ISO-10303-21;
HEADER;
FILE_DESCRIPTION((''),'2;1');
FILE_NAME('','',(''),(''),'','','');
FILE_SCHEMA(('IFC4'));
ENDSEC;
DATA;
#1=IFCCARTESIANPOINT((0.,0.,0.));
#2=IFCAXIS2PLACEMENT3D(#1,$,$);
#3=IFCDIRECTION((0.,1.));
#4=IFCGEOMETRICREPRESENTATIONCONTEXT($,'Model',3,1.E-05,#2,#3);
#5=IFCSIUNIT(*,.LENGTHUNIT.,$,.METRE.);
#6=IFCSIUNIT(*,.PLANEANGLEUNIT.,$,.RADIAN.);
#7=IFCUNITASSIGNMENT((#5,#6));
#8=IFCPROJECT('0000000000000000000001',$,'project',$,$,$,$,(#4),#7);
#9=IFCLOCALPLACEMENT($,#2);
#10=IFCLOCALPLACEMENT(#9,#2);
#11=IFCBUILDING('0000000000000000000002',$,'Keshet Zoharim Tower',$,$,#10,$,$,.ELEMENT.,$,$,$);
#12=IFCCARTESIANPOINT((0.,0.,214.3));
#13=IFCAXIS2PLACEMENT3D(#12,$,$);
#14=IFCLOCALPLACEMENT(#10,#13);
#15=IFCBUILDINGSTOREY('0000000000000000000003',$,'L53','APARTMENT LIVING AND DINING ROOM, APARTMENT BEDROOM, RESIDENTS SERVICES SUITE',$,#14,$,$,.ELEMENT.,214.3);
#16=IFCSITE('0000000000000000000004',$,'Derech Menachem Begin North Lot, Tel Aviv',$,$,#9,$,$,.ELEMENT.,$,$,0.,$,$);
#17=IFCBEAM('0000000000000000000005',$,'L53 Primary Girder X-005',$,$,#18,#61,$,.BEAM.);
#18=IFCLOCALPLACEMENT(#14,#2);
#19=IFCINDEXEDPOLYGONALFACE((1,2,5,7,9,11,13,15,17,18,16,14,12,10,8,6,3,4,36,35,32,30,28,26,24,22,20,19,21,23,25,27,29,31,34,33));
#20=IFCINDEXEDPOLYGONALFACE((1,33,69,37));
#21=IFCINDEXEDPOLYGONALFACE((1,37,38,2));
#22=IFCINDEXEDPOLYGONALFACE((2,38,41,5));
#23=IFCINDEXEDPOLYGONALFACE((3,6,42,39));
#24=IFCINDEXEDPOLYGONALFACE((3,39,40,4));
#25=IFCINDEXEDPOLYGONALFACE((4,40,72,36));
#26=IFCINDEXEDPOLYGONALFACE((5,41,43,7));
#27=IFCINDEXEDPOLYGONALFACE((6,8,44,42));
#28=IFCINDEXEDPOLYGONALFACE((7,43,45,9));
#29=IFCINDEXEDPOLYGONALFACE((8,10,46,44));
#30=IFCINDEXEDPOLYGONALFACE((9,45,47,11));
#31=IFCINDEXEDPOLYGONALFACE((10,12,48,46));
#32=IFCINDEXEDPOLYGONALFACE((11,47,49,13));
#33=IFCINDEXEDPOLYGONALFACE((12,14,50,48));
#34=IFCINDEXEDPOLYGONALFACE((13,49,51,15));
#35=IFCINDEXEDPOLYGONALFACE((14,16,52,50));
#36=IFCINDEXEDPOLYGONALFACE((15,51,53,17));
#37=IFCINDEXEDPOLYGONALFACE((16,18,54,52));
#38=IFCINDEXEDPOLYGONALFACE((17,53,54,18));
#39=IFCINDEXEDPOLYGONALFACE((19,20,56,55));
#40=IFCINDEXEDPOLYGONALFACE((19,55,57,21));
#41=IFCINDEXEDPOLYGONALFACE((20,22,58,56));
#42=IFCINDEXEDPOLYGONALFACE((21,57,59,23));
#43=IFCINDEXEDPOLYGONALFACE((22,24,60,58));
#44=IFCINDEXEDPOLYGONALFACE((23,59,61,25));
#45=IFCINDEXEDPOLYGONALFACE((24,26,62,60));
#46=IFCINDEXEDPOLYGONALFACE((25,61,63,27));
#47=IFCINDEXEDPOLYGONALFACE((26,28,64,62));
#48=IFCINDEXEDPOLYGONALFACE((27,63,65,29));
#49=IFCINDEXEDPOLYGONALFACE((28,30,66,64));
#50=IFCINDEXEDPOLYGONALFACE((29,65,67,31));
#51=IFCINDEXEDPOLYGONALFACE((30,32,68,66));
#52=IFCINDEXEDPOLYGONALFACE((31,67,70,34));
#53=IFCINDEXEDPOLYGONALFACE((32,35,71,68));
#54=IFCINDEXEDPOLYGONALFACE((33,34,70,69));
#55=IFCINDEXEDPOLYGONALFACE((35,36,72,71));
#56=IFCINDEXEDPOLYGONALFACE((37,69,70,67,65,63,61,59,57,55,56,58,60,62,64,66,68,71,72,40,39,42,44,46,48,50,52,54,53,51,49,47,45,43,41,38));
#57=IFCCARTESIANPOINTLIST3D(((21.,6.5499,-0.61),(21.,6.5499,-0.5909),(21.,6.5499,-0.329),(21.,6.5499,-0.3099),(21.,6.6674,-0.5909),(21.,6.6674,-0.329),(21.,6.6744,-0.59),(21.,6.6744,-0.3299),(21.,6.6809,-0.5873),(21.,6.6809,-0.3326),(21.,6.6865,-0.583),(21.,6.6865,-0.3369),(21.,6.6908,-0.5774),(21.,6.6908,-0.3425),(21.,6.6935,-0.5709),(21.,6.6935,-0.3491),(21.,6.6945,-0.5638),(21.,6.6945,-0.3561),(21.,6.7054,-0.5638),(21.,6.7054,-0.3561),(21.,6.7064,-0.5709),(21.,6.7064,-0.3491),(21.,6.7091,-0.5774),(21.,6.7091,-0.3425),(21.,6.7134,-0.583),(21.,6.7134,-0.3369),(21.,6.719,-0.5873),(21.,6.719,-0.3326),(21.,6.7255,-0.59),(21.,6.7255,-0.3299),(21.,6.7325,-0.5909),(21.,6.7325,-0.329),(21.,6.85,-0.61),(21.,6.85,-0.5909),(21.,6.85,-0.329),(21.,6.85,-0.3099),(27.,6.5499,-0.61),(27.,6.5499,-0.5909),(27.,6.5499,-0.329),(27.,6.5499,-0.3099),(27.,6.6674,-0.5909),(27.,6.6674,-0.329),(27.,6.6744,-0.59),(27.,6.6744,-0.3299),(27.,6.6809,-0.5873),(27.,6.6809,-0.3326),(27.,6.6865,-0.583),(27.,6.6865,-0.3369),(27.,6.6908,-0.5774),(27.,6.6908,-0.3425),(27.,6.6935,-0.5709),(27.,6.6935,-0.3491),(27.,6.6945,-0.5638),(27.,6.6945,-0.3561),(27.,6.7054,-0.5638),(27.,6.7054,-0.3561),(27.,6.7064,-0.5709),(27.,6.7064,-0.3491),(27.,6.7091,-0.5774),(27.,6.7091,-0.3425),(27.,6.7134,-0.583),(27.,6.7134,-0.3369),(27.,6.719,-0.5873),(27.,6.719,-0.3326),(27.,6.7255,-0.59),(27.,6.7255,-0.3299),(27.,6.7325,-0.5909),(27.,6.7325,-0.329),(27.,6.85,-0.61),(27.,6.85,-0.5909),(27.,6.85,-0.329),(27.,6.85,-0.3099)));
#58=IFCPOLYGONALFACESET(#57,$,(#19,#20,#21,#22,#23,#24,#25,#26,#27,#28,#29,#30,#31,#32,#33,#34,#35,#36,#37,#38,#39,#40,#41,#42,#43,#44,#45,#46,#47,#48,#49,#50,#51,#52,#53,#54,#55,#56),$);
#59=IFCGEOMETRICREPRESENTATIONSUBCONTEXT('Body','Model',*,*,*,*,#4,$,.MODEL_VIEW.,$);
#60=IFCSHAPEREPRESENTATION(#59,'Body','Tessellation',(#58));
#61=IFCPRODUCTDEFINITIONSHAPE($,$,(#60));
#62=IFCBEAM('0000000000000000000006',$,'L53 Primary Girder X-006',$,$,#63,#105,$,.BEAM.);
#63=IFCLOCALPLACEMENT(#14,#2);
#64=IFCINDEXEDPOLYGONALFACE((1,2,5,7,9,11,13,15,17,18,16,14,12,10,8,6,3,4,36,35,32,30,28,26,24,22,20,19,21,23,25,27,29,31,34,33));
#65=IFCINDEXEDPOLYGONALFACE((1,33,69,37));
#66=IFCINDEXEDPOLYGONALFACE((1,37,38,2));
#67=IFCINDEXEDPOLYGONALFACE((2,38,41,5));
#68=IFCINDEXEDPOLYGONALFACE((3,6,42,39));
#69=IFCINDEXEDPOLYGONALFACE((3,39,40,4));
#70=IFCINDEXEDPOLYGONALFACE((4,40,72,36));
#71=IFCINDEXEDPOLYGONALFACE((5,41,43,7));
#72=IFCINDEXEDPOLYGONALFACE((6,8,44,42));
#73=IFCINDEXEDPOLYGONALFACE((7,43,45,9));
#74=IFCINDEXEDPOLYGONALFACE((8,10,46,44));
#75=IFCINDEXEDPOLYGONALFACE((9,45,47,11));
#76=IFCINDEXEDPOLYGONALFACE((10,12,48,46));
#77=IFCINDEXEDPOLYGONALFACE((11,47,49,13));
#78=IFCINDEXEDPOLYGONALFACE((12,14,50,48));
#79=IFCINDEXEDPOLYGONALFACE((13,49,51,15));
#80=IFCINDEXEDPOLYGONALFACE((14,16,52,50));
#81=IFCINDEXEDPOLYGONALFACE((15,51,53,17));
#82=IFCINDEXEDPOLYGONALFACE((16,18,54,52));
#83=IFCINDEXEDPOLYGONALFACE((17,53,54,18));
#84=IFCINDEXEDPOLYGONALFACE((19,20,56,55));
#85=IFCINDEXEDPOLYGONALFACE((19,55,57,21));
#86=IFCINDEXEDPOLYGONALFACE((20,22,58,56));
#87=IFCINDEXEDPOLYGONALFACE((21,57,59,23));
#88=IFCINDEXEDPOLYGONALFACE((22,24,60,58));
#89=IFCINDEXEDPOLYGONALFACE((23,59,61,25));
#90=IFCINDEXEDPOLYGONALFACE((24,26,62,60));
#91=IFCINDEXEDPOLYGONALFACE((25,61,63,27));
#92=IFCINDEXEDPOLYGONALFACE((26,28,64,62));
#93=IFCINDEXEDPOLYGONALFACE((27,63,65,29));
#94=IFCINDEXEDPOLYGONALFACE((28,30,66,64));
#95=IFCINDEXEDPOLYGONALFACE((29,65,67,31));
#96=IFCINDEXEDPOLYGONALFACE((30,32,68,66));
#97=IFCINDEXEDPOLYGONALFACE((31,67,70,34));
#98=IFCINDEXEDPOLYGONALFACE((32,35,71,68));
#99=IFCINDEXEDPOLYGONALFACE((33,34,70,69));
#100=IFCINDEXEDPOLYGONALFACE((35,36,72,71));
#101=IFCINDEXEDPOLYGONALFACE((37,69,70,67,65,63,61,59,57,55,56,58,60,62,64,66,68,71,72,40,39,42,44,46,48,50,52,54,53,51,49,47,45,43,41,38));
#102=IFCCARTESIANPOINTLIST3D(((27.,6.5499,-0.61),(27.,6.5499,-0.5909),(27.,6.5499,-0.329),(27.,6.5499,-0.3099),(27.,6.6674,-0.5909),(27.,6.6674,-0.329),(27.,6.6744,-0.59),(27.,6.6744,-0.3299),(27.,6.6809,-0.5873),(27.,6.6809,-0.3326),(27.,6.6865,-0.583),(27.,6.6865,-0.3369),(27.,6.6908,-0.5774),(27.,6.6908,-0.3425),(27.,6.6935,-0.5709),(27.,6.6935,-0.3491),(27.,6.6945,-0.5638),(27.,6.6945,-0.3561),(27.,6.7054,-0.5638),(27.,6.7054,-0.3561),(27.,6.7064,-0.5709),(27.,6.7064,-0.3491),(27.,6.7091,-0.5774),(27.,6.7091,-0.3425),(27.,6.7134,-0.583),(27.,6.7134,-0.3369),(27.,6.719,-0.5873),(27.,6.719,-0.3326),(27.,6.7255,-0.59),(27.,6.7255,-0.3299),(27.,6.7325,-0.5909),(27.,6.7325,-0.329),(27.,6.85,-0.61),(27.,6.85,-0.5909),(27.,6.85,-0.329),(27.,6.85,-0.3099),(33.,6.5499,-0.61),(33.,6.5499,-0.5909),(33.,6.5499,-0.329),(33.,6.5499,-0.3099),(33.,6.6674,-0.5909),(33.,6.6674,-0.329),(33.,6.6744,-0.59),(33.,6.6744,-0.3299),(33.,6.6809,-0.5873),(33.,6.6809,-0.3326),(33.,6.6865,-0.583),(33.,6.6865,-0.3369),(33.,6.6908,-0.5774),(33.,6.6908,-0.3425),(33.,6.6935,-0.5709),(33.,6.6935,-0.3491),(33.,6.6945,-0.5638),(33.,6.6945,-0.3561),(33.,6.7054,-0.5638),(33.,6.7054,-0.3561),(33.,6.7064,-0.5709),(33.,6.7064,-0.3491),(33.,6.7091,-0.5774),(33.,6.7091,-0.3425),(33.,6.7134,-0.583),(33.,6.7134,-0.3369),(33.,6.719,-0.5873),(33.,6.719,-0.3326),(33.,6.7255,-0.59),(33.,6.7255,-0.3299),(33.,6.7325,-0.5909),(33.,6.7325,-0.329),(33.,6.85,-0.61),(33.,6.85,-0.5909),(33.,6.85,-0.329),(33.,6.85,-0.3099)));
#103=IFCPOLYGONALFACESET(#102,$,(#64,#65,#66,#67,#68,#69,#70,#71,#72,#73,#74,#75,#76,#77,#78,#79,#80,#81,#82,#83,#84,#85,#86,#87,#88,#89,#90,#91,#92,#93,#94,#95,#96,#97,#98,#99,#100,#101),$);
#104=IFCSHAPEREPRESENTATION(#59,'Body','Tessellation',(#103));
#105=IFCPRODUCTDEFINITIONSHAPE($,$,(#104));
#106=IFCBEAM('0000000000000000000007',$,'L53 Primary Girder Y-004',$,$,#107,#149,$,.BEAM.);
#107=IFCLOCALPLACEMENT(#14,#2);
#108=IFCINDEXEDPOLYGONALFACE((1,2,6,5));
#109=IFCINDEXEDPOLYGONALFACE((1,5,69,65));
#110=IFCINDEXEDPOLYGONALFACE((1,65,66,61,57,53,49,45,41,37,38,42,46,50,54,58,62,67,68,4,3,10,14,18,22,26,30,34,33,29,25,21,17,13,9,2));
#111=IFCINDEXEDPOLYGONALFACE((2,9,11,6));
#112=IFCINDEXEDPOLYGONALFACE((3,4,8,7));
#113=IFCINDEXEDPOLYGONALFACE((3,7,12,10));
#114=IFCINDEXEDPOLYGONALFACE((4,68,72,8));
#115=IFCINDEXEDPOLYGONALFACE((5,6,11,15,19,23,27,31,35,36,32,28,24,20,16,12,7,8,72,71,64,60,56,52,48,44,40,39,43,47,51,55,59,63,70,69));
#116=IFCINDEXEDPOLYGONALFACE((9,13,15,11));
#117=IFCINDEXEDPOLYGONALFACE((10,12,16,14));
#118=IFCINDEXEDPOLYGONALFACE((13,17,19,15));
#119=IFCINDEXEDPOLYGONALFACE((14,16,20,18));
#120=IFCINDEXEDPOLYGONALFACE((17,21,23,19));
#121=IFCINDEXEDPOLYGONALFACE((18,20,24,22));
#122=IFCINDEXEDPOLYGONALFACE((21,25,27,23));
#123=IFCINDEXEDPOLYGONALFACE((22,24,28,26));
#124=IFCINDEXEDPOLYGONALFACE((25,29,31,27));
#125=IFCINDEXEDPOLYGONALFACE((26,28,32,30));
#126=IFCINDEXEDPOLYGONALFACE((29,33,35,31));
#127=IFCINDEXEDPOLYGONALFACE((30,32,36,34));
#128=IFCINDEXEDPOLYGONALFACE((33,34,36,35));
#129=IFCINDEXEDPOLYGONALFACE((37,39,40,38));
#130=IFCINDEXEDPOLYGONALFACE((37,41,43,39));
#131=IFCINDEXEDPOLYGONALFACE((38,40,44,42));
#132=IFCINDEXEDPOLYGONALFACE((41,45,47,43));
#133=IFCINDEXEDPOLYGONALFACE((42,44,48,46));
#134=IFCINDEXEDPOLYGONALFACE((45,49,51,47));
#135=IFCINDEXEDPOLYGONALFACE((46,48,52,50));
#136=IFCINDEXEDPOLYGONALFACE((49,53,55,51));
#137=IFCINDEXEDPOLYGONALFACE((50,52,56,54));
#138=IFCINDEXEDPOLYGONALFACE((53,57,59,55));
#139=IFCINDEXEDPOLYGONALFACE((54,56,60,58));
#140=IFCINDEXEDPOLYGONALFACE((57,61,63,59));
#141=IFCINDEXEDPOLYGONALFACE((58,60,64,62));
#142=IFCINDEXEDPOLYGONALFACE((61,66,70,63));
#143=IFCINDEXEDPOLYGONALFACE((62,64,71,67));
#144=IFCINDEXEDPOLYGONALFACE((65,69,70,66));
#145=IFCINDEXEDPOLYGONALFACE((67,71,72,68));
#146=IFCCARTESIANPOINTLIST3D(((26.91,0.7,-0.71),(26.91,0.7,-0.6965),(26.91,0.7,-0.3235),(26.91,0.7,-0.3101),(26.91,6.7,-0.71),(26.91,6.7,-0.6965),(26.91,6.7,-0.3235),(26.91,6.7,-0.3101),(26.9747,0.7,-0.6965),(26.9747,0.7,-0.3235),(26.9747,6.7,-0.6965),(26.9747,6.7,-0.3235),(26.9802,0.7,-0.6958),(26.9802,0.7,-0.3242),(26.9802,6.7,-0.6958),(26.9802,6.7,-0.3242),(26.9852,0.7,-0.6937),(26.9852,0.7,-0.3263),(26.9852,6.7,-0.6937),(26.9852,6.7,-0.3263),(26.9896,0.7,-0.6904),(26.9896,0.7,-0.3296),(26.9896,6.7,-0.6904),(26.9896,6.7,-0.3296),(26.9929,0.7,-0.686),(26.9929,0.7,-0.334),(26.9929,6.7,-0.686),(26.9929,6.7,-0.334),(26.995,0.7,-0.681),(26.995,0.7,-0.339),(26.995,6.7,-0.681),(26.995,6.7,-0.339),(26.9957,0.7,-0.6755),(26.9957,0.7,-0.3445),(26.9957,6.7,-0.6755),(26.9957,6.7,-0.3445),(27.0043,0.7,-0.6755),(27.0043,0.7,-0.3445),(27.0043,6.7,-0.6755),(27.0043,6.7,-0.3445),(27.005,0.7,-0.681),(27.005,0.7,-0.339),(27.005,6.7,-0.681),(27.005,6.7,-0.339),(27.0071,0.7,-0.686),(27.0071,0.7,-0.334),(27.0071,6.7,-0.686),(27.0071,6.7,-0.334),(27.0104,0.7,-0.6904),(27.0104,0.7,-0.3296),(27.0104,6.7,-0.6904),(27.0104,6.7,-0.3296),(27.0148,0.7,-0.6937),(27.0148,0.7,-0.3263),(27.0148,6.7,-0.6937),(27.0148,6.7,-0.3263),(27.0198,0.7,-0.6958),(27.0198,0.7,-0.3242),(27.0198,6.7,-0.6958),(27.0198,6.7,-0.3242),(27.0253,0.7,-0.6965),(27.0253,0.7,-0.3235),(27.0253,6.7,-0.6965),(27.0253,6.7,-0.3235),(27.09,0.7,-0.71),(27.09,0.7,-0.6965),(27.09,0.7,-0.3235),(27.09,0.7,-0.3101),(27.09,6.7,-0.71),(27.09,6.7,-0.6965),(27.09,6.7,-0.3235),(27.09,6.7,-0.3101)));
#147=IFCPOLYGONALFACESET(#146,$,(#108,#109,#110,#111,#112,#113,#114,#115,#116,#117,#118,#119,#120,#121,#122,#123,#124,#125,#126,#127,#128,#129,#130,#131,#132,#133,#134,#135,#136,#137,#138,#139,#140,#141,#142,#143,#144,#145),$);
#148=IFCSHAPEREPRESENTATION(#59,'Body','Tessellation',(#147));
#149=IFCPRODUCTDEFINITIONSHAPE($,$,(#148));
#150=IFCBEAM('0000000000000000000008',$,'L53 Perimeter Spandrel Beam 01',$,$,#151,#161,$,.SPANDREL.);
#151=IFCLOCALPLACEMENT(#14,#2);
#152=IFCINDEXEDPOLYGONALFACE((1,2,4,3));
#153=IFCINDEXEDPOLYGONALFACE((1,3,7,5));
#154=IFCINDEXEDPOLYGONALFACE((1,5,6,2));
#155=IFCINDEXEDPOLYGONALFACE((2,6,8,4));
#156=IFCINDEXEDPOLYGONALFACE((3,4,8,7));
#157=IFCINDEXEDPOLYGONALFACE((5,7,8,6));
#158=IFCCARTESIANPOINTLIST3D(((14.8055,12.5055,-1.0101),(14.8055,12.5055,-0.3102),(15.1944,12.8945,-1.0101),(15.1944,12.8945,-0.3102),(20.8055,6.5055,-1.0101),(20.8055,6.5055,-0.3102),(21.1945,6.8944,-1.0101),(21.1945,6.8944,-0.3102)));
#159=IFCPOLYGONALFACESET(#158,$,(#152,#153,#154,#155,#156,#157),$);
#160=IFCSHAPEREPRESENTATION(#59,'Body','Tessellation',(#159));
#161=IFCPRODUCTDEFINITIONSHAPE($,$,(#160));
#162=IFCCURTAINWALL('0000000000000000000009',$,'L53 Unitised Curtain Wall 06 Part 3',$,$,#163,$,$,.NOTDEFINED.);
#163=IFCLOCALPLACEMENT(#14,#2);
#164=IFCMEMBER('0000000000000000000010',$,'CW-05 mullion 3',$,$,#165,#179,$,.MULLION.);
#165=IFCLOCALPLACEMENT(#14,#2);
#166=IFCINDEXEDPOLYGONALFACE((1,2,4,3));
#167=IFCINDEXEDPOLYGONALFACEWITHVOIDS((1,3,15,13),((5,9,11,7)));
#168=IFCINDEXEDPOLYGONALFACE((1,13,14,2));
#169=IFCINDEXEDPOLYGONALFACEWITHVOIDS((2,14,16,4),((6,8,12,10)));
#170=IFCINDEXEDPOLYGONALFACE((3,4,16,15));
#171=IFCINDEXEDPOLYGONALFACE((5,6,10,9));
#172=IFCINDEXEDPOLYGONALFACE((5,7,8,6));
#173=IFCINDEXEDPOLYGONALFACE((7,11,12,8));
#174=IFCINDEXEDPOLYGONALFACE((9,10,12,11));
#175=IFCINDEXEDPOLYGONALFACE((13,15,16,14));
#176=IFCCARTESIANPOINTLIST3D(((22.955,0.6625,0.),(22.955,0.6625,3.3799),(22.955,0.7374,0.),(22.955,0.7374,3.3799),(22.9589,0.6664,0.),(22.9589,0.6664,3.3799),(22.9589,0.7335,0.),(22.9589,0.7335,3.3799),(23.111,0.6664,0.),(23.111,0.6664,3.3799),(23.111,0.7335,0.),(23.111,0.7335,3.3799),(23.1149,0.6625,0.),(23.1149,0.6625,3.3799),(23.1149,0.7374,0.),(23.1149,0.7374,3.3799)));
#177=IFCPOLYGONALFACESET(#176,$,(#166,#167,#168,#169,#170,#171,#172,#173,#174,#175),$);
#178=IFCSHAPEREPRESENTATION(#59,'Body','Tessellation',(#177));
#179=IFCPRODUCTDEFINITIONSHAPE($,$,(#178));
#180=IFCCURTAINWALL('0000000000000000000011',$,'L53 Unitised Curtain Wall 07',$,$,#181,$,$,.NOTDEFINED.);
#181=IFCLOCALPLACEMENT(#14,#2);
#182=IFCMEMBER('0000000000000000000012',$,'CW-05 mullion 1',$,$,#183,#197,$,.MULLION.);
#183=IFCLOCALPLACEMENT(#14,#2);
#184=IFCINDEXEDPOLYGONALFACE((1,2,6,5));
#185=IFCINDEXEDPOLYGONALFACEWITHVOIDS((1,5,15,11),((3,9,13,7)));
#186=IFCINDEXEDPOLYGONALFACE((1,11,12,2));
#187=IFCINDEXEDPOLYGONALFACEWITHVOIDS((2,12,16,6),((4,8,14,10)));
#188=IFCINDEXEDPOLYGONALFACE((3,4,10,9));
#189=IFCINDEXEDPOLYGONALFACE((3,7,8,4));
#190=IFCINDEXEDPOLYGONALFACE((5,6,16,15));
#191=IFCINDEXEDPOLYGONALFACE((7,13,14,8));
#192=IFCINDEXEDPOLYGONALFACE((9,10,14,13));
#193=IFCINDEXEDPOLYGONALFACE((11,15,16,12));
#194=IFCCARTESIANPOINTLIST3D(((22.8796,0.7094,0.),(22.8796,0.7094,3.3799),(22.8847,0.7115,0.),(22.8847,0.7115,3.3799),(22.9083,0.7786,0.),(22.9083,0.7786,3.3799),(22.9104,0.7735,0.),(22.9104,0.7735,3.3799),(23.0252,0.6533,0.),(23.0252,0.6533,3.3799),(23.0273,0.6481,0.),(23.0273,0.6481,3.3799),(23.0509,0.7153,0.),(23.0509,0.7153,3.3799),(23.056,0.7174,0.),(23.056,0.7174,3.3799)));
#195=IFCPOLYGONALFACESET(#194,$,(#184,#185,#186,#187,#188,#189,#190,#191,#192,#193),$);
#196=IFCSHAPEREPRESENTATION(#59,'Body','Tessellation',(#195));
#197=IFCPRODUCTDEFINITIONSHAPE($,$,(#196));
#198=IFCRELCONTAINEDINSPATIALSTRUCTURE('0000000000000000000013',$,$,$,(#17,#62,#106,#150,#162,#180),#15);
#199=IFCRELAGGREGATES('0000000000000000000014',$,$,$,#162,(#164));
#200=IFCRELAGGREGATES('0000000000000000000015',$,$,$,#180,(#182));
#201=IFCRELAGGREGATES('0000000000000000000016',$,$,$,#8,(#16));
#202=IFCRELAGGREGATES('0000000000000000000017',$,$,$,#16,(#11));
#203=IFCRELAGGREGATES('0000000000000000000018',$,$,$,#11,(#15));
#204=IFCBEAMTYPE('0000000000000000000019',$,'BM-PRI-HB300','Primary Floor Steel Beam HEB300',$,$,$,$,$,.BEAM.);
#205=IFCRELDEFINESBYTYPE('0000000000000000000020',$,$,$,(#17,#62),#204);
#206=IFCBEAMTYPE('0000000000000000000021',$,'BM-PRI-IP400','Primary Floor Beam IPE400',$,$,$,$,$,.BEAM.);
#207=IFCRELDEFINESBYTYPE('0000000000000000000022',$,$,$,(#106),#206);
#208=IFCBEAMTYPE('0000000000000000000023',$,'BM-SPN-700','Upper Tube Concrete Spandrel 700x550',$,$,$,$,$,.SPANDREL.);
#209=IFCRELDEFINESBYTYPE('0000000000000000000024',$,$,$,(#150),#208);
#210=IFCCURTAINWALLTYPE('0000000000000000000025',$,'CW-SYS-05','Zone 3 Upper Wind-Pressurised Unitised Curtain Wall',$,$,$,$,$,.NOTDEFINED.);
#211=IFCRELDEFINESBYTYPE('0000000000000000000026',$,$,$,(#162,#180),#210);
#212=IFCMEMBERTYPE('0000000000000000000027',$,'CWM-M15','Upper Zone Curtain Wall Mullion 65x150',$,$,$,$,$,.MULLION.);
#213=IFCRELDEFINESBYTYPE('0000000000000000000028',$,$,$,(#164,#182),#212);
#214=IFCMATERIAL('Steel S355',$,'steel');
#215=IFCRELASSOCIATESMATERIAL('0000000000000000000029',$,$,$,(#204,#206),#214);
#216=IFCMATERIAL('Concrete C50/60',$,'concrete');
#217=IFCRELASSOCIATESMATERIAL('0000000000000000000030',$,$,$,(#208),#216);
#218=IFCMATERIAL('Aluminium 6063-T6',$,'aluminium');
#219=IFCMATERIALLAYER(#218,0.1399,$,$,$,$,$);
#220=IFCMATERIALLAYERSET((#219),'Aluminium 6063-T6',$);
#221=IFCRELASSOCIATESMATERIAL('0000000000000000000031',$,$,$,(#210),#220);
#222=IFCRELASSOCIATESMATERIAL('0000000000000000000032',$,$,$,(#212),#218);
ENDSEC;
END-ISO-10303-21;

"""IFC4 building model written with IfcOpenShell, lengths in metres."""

from ifc_helpers import new_model, si_unit, direction, frame, origin, origin_2d, place, context, subcontext, project, spatial, rectangle, hollow_rectangle, i_section, extrude, material, layer, layer_set, material_profile, profile_set, type_object, element, aggregate, save


model = new_model("IFC4")

# Units and contexts
model_context = context("Model", 3, precision=1e-05, world=origin(), true_north=direction((0.0, 1.0)))
body_context = subcontext(model_context, "Body", "Model", "MODEL_VIEW")
ifc_project = project(units=[si_unit("LENGTHUNIT", "METRE"), si_unit("PLANEANGLEUNIT", "RADIAN")], contexts=[model_context])

# Site, building, storey
site_placement = place(None, origin())
site = spatial("IfcSite", under=ifc_project, at=site_placement, Name="Derech Menachem Begin North Lot, Tel Aviv", CompositionType="ELEMENT", RefElevation=0.0)
building_placement = place(site_placement, origin())
building = spatial("IfcBuilding", under=site, at=building_placement, Name="Keshet Zoharim Tower", CompositionType="ELEMENT")
storey_placement = place(building_placement, frame((0.0, 0.0, 214.3)))
storey = spatial("IfcBuildingStorey", under=building, at=storey_placement, Name="L53", Description="APARTMENT LIVING AND DINING ROOM, APARTMENT BEDROOM, RESIDENTS SERVICES SUITE", CompositionType="ELEMENT", Elevation=214.3)

# Shared definitions
ifc_material_1 = material(Name="Steel S355", Category="steel")
ifc_material_2 = material(Name="Concrete C50/60", Category="concrete")

# Beams
ifc_material_profile_1 = material_profile(ifc_material_1, i_section(OverallWidth=0.3, OverallDepth=0.3, WebThickness=0.011, FlangeThickness=0.019, FilletRadius=0.0271, at=origin_2d()), Name="HEB300")
ifc_profile_set_1 = profile_set([ifc_material_profile_1], Name="Steel S355")
beam_type_1 = type_object("IfcBeamType", Name="BM-PRI-HB300", Description="Primary Floor Steel Beam HEB300", PredefinedType="BEAM", material=ifc_profile_set_1)
for number, where, z_axis, x_axis, name in (
    (1, (21.0, 6.7, -0.46), (1.0, 0.0, 0.0), (0.0, 1.0, 0.0), "L53 Primary Girder X-005"),
    (2, (27.0, 6.7, -0.46), (1.0, 0.0, 0.0), (0.0, 1.0, 0.0), "L53 Primary Girder X-006"),
):
    element("IfcBeam", number, at=place(storey_placement, frame(where, z_axis=z_axis, x_axis=x_axis)), inside=storey, type_object=beam_type_1, Name=name, PredefinedType="BEAM", context=body_context, shape_type="SweptSolid", body=[
        extrude(i_section(OverallWidth=0.3, OverallDepth=0.3, WebThickness=0.011, FlangeThickness=0.019, FilletRadius=0.0271, at=origin_2d()), origin(), (0.0, 0.0, 1.0), 6.0),
    ])
ifc_material_profile_2 = material_profile(ifc_material_1, i_section(OverallWidth=0.1799, OverallDepth=0.3999, WebThickness=0.0085, FlangeThickness=0.0134, FilletRadius=0.021, at=origin_2d()), Name="IPE400")
ifc_profile_set_2 = profile_set([ifc_material_profile_2], Name="Steel S355")
beam_type_2 = type_object("IfcBeamType", Name="BM-PRI-IP400", Description="Primary Floor Beam IPE400", PredefinedType="BEAM", material=ifc_profile_set_2)
beam_1_placement = place(storey_placement, frame((27.0, 0.7, -0.51), z_axis=(0.0, 1.0, 0.0), x_axis=(-1.0, 0.0, 0.0)))
element("IfcBeam", 3, at=beam_1_placement, inside=storey, type_object=beam_type_2, Name="L53 Primary Girder Y-004", PredefinedType="BEAM", context=body_context, shape_type="SweptSolid", body=[
    extrude(i_section(OverallWidth=0.1799, OverallDepth=0.3999, WebThickness=0.0085, FlangeThickness=0.0134, FilletRadius=0.021, at=origin_2d()), origin(), (0.0, 0.0, 1.0), 6.0),
])
ifc_material_profile_3 = material_profile(ifc_material_2, rectangle(XDim=0.55, YDim=0.7, at=origin_2d()), Name="RC700x550")
ifc_profile_set_3 = profile_set([ifc_material_profile_3], Name="Concrete C50/60")
beam_type_3 = type_object("IfcBeamType", Name="BM-SPN-700", Description="Upper Tube Concrete Spandrel 700x550", PredefinedType="SPANDREL", material=ifc_profile_set_3)
beam_2_placement = place(storey_placement, frame((21.0, 6.7, -0.6602), z_axis=(-0.707107, 0.707107, 0.0), x_axis=(-0.707107, -0.707107, 0.0)))
element("IfcBeam", 4, at=beam_2_placement, inside=storey, type_object=beam_type_3, Name="L53 Perimeter Spandrel Beam 01", PredefinedType="SPANDREL", context=body_context, shape_type="SweptSolid", body=[
    extrude(rectangle(XDim=0.55, YDim=0.7, at=origin_2d()), origin(), (0.0, 0.0, 1.0), 8.4854),
])

# Curtain wall, member
ifc_material_3 = material(Name="Aluminium 6063-T6", Category="aluminium")
ifc_layer_1 = layer(ifc_material_3, 0.1399)
ifc_layer_set_1 = layer_set([ifc_layer_1], Name="Aluminium 6063-T6")
curtain_wall_type = type_object("IfcCurtainWallType", Name="CW-SYS-05", Description="Zone 3 Upper Wind-Pressurised Unitised Curtain Wall", PredefinedType="NOTDEFINED", material=ifc_layer_set_1)
curtain_wall_1_placement = place(storey_placement, origin())
curtain_wall_1 = element("IfcCurtainWall", 5, at=curtain_wall_1_placement, inside=storey, type_object=curtain_wall_type, Name="L53 Unitised Curtain Wall 06 Part 3", PredefinedType="NOTDEFINED")
ifc_material_profile_4 = material_profile(ifc_material_3, hollow_rectangle(XDim=0.075, YDim=0.1599, WallThickness=0.0039, at=origin_2d()), Name="MUL-75x160")
ifc_profile_set_4 = profile_set([ifc_material_profile_4], Name="Aluminium 6063-T6")
member_type_1 = type_object("IfcMemberType", Name="CWM-M15", Description="Upper Zone Curtain Wall Mullion 65x150", PredefinedType="MULLION", material=ifc_profile_set_4)
member_1_placement = place(storey_placement, frame((23.0349, 0.7, 0.0), z_axis=(0.0, 0.0, 1.0), x_axis=(0.0, -1.0, 0.0)))
member_1 = element("IfcMember", 6, at=member_1_placement, type_object=member_type_1, Name="CW-05 mullion 3", PredefinedType="MULLION", context=body_context, shape_type="SweptSolid", body=[
    extrude(hollow_rectangle(XDim=0.075, YDim=0.1599, WallThickness=0.0039, at=origin_2d()), origin(), (0.0, 0.0, 1.0), 3.3799),
])
aggregate(curtain_wall_1, [member_1])

# Curtain wall, member
curtain_wall_2_placement = place(storey_placement, origin())
curtain_wall_2 = element("IfcCurtainWall", 7, at=curtain_wall_2_placement, inside=storey, type_object=curtain_wall_type, Name="L53 Unitised Curtain Wall 07", PredefinedType="NOTDEFINED")
member_2_placement = place(storey_placement, frame((22.9678, 0.7134, 0.0), z_axis=(0.0, 0.0, 1.0), x_axis=(-0.382852, -0.92381, 0.0)))
member_2 = element("IfcMember", 8, at=member_2_placement, type_object=member_type_1, Name="CW-05 mullion 1", PredefinedType="MULLION", context=body_context, shape_type="SweptSolid", body=[
    extrude(hollow_rectangle(XDim=0.075, YDim=0.1599, WallThickness=0.0039, at=origin_2d()), origin(), (0.0, 0.0, 1.0), 3.3799),
])

aggregate(curtain_wall_2, [member_2])

save(model, "model.ifc")
